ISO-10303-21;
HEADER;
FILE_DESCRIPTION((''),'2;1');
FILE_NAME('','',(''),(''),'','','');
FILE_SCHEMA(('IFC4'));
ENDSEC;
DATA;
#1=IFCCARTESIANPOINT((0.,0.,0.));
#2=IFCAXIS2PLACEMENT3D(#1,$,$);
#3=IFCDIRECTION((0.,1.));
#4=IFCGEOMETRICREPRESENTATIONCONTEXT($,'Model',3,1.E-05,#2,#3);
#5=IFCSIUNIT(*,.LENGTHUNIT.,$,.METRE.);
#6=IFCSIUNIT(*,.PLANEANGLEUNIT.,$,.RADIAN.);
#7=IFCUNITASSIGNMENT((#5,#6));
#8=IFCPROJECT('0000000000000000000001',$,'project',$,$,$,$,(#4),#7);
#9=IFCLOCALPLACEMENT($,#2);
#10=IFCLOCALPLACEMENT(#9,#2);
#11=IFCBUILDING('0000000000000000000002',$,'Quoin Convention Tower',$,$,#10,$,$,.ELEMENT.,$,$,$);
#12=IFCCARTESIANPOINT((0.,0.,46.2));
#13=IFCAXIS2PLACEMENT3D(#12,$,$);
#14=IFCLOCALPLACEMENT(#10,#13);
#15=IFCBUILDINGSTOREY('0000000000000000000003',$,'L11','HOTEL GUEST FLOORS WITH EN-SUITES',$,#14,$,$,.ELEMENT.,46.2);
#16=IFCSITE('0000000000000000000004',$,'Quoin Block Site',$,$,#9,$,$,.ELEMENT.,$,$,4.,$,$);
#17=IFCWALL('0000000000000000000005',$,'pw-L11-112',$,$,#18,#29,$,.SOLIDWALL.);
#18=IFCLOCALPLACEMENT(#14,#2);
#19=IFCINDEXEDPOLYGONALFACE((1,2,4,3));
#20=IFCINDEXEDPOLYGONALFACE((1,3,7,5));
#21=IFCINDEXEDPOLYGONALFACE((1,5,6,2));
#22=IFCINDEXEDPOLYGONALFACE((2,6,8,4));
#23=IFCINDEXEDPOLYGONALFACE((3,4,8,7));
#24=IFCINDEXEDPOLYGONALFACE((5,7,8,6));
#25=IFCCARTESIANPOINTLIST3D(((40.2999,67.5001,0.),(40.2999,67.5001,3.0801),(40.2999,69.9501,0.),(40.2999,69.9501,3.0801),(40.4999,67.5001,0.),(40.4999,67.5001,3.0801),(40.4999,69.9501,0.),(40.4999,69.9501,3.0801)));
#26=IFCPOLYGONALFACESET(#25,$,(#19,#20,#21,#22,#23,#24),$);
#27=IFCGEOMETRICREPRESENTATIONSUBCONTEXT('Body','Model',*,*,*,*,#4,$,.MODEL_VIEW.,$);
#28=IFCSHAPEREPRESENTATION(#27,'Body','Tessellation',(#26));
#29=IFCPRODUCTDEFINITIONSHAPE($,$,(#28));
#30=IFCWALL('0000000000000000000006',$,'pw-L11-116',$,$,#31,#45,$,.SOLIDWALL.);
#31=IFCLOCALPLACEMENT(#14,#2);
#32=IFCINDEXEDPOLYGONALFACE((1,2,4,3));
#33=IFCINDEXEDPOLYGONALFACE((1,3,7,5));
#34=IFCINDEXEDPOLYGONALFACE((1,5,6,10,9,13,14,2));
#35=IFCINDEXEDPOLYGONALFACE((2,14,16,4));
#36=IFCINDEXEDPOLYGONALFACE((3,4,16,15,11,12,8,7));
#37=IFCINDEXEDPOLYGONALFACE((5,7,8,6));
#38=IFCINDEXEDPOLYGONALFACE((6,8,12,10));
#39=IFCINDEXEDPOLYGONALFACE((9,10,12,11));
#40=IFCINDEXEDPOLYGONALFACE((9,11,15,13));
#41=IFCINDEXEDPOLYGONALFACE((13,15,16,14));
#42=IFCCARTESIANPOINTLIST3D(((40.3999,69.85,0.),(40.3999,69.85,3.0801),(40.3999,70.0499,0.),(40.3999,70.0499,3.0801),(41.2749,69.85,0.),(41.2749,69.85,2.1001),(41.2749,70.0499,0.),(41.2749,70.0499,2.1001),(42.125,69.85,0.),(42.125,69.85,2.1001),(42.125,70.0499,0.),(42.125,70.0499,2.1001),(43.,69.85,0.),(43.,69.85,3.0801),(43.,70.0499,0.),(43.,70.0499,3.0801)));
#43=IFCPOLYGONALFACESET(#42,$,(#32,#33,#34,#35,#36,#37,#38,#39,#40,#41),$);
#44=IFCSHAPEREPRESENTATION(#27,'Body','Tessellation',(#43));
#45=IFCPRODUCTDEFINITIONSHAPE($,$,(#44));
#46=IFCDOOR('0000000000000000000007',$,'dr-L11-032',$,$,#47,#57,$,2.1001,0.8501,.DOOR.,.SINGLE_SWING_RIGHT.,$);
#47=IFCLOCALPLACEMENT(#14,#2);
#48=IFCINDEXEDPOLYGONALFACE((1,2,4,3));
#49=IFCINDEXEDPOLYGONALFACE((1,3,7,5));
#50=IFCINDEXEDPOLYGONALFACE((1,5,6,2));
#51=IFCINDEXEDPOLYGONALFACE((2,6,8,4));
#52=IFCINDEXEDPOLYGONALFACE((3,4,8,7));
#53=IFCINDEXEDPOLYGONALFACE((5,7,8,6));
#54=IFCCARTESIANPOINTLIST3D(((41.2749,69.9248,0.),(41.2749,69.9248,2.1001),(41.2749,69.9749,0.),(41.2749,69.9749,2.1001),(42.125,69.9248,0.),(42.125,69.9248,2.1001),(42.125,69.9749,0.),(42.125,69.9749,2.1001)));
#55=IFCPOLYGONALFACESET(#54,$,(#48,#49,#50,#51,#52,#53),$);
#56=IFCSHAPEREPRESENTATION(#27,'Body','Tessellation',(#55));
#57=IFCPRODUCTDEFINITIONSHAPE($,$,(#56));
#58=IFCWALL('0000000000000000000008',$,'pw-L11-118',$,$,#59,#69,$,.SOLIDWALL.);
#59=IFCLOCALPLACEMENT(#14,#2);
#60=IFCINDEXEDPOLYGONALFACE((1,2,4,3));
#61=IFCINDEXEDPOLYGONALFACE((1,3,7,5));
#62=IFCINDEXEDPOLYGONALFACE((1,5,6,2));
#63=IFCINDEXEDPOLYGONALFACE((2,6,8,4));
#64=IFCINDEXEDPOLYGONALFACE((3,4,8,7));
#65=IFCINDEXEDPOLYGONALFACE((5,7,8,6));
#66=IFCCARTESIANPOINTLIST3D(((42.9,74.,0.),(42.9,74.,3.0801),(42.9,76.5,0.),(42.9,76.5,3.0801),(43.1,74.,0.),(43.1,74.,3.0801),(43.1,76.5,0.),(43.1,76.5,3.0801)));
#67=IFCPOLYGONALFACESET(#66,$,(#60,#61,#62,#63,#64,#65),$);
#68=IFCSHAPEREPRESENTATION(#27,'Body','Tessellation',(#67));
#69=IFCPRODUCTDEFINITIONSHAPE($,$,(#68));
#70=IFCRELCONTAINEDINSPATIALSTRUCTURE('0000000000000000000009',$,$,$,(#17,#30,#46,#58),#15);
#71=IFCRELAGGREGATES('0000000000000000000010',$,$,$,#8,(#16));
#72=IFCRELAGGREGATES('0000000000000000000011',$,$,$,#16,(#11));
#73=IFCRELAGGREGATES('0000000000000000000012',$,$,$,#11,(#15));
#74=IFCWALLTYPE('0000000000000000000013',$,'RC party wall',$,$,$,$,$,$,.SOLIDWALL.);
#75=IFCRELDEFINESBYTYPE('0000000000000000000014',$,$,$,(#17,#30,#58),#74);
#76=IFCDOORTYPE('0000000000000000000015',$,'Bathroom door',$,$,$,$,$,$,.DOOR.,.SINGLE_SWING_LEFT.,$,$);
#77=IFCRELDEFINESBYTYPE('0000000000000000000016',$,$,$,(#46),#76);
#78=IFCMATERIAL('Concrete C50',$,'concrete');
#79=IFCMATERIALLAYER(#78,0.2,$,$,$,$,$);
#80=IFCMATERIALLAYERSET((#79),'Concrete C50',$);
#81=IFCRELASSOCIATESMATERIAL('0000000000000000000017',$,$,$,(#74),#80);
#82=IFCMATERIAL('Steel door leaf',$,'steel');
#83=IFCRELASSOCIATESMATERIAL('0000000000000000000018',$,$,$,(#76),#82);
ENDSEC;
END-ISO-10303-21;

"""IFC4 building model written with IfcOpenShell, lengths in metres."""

from ifc_helpers import new_model, si_unit, direction, frame, frame_2d, origin, place, context, subcontext, project, spatial, rectangle, extrude, material, layer, layer_set, type_object, element, fill, save


model = new_model("IFC4")

# Units and contexts
model_context = context("Model", 3, precision=1e-05, world=origin(), true_north=direction((0.0, 1.0)))
body_context = subcontext(model_context, "Body", "Model", "MODEL_VIEW")
ifc_project = project(units=[si_unit("LENGTHUNIT", "METRE"), si_unit("PLANEANGLEUNIT", "RADIAN")], contexts=[model_context])

# Site, building, storey
site_placement = place(None, origin())
site = spatial("IfcSite", under=ifc_project, at=site_placement, Name="Quoin Block Site", CompositionType="ELEMENT", RefElevation=4.0)
building_placement = place(site_placement, origin())
building = spatial("IfcBuilding", under=site, at=building_placement, Name="Quoin Convention Tower", CompositionType="ELEMENT")
storey_placement = place(building_placement, frame((0.0, 0.0, 46.2)))
storey = spatial("IfcBuildingStorey", under=building, at=storey_placement, Name="L11", Description="HOTEL GUEST FLOORS WITH EN-SUITES", CompositionType="ELEMENT", Elevation=46.2)

# Shared definitions
ifc_material_1 = material(Name="Steel door leaf", Category="steel")

# Wall
ifc_material_2 = material(Name="Concrete C50", Category="concrete")
ifc_layer_1 = layer(ifc_material_2, 0.2)
ifc_layer_set_1 = layer_set([ifc_layer_1], Name="Concrete C50")
wall_type_1 = type_object("IfcWallType", Name="RC party wall", PredefinedType="SOLIDWALL", material=ifc_layer_set_1)
wall_1_placement = place(storey_placement, frame((40.3999, 67.5, 0.0), z_axis=(0.0, 0.0, 1.0), x_axis=(0.0, 1.0, 0.0)))
element("IfcWall", 1, at=wall_1_placement, inside=storey, type_object=wall_type_1, Name="pw-L11-112", PredefinedType="SOLIDWALL", context=body_context, shape_type="SweptSolid", body=[
    extrude(rectangle(XDim=2.45, YDim=0.2, at=frame_2d((1.2251, 0.0))), origin(), (0.0, 0.0, 1.0), 3.0801),
])

# Wall, opening, door
wall_2_placement = place(storey_placement, frame((40.3999, 69.95, 0.0), z_axis=(0.0, 0.0, 1.0), x_axis=(1.0, 0.0, 0.0)))
wall_2 = element("IfcWall", 2, at=wall_2_placement, inside=storey, type_object=wall_type_1, Name="pw-L11-116", PredefinedType="SOLIDWALL", context=body_context, shape_type="SweptSolid", body=[
    extrude(rectangle(XDim=2.6001, YDim=0.2, at=frame_2d((1.3, 0.0))), origin(), (0.0, 0.0, 1.0), 3.0801),
])
opening_1_placement = place(wall_2_placement, frame((0.875, 0.0, 0.0)))
opening_1 = element("IfcOpeningElement", 3, at=opening_1_placement, cuts=wall_2, PredefinedType="OPENING", context=body_context, shape_type="SweptSolid", body=[
    extrude(rectangle(XDim=0.8501, YDim=2.1001, at=frame_2d((0.425, 1.05))), frame((0.0, 0.1099, 0.0), z_axis=(0.0, -1.0, 0.0), x_axis=(1.0, 0.0, 0.0)), (0.0, 0.0, 1.0), 0.22),
])
door_type_1 = type_object("IfcDoorType", Name="Bathroom door", OperationType="SINGLE_SWING_LEFT", PredefinedType="DOOR", material=ifc_material_1)
door_1_placement = place(opening_1_placement, origin())
door_1 = element("IfcDoor", 4, at=door_1_placement, inside=storey, type_object=door_type_1, Name="dr-L11-032", OperationType="SINGLE_SWING_RIGHT", OverallHeight=2.1001, OverallWidth=0.8501, PredefinedType="DOOR", context=body_context, shape_type="SweptSolid", body=[
    extrude(rectangle(XDim=0.8501, YDim=2.1001, at=frame_2d((0.425, 1.05))), frame((0.0, 0.0249, 0.0), z_axis=(0.0, -1.0, 0.0), x_axis=(1.0, 0.0, 0.0)), (0.0, 0.0, 1.0), 0.05),
])
fill(opening_1, door_1)

# Wall
wall_3_placement = place(storey_placement, frame((43.0, 74.0, 0.0), z_axis=(0.0, 0.0, 1.0), x_axis=(0.0, 1.0, 0.0)))
element("IfcWall", 5, at=wall_3_placement, inside=storey, type_object=wall_type_1, Name="pw-L11-118", PredefinedType="SOLIDWALL", context=body_context, shape_type="SweptSolid", body=[
    extrude(rectangle(XDim=2.5, YDim=0.2, at=frame_2d((1.25, 0.0))), origin(), (0.0, 0.0, 1.0), 3.0801),
])

save(model, "model.ifc")
